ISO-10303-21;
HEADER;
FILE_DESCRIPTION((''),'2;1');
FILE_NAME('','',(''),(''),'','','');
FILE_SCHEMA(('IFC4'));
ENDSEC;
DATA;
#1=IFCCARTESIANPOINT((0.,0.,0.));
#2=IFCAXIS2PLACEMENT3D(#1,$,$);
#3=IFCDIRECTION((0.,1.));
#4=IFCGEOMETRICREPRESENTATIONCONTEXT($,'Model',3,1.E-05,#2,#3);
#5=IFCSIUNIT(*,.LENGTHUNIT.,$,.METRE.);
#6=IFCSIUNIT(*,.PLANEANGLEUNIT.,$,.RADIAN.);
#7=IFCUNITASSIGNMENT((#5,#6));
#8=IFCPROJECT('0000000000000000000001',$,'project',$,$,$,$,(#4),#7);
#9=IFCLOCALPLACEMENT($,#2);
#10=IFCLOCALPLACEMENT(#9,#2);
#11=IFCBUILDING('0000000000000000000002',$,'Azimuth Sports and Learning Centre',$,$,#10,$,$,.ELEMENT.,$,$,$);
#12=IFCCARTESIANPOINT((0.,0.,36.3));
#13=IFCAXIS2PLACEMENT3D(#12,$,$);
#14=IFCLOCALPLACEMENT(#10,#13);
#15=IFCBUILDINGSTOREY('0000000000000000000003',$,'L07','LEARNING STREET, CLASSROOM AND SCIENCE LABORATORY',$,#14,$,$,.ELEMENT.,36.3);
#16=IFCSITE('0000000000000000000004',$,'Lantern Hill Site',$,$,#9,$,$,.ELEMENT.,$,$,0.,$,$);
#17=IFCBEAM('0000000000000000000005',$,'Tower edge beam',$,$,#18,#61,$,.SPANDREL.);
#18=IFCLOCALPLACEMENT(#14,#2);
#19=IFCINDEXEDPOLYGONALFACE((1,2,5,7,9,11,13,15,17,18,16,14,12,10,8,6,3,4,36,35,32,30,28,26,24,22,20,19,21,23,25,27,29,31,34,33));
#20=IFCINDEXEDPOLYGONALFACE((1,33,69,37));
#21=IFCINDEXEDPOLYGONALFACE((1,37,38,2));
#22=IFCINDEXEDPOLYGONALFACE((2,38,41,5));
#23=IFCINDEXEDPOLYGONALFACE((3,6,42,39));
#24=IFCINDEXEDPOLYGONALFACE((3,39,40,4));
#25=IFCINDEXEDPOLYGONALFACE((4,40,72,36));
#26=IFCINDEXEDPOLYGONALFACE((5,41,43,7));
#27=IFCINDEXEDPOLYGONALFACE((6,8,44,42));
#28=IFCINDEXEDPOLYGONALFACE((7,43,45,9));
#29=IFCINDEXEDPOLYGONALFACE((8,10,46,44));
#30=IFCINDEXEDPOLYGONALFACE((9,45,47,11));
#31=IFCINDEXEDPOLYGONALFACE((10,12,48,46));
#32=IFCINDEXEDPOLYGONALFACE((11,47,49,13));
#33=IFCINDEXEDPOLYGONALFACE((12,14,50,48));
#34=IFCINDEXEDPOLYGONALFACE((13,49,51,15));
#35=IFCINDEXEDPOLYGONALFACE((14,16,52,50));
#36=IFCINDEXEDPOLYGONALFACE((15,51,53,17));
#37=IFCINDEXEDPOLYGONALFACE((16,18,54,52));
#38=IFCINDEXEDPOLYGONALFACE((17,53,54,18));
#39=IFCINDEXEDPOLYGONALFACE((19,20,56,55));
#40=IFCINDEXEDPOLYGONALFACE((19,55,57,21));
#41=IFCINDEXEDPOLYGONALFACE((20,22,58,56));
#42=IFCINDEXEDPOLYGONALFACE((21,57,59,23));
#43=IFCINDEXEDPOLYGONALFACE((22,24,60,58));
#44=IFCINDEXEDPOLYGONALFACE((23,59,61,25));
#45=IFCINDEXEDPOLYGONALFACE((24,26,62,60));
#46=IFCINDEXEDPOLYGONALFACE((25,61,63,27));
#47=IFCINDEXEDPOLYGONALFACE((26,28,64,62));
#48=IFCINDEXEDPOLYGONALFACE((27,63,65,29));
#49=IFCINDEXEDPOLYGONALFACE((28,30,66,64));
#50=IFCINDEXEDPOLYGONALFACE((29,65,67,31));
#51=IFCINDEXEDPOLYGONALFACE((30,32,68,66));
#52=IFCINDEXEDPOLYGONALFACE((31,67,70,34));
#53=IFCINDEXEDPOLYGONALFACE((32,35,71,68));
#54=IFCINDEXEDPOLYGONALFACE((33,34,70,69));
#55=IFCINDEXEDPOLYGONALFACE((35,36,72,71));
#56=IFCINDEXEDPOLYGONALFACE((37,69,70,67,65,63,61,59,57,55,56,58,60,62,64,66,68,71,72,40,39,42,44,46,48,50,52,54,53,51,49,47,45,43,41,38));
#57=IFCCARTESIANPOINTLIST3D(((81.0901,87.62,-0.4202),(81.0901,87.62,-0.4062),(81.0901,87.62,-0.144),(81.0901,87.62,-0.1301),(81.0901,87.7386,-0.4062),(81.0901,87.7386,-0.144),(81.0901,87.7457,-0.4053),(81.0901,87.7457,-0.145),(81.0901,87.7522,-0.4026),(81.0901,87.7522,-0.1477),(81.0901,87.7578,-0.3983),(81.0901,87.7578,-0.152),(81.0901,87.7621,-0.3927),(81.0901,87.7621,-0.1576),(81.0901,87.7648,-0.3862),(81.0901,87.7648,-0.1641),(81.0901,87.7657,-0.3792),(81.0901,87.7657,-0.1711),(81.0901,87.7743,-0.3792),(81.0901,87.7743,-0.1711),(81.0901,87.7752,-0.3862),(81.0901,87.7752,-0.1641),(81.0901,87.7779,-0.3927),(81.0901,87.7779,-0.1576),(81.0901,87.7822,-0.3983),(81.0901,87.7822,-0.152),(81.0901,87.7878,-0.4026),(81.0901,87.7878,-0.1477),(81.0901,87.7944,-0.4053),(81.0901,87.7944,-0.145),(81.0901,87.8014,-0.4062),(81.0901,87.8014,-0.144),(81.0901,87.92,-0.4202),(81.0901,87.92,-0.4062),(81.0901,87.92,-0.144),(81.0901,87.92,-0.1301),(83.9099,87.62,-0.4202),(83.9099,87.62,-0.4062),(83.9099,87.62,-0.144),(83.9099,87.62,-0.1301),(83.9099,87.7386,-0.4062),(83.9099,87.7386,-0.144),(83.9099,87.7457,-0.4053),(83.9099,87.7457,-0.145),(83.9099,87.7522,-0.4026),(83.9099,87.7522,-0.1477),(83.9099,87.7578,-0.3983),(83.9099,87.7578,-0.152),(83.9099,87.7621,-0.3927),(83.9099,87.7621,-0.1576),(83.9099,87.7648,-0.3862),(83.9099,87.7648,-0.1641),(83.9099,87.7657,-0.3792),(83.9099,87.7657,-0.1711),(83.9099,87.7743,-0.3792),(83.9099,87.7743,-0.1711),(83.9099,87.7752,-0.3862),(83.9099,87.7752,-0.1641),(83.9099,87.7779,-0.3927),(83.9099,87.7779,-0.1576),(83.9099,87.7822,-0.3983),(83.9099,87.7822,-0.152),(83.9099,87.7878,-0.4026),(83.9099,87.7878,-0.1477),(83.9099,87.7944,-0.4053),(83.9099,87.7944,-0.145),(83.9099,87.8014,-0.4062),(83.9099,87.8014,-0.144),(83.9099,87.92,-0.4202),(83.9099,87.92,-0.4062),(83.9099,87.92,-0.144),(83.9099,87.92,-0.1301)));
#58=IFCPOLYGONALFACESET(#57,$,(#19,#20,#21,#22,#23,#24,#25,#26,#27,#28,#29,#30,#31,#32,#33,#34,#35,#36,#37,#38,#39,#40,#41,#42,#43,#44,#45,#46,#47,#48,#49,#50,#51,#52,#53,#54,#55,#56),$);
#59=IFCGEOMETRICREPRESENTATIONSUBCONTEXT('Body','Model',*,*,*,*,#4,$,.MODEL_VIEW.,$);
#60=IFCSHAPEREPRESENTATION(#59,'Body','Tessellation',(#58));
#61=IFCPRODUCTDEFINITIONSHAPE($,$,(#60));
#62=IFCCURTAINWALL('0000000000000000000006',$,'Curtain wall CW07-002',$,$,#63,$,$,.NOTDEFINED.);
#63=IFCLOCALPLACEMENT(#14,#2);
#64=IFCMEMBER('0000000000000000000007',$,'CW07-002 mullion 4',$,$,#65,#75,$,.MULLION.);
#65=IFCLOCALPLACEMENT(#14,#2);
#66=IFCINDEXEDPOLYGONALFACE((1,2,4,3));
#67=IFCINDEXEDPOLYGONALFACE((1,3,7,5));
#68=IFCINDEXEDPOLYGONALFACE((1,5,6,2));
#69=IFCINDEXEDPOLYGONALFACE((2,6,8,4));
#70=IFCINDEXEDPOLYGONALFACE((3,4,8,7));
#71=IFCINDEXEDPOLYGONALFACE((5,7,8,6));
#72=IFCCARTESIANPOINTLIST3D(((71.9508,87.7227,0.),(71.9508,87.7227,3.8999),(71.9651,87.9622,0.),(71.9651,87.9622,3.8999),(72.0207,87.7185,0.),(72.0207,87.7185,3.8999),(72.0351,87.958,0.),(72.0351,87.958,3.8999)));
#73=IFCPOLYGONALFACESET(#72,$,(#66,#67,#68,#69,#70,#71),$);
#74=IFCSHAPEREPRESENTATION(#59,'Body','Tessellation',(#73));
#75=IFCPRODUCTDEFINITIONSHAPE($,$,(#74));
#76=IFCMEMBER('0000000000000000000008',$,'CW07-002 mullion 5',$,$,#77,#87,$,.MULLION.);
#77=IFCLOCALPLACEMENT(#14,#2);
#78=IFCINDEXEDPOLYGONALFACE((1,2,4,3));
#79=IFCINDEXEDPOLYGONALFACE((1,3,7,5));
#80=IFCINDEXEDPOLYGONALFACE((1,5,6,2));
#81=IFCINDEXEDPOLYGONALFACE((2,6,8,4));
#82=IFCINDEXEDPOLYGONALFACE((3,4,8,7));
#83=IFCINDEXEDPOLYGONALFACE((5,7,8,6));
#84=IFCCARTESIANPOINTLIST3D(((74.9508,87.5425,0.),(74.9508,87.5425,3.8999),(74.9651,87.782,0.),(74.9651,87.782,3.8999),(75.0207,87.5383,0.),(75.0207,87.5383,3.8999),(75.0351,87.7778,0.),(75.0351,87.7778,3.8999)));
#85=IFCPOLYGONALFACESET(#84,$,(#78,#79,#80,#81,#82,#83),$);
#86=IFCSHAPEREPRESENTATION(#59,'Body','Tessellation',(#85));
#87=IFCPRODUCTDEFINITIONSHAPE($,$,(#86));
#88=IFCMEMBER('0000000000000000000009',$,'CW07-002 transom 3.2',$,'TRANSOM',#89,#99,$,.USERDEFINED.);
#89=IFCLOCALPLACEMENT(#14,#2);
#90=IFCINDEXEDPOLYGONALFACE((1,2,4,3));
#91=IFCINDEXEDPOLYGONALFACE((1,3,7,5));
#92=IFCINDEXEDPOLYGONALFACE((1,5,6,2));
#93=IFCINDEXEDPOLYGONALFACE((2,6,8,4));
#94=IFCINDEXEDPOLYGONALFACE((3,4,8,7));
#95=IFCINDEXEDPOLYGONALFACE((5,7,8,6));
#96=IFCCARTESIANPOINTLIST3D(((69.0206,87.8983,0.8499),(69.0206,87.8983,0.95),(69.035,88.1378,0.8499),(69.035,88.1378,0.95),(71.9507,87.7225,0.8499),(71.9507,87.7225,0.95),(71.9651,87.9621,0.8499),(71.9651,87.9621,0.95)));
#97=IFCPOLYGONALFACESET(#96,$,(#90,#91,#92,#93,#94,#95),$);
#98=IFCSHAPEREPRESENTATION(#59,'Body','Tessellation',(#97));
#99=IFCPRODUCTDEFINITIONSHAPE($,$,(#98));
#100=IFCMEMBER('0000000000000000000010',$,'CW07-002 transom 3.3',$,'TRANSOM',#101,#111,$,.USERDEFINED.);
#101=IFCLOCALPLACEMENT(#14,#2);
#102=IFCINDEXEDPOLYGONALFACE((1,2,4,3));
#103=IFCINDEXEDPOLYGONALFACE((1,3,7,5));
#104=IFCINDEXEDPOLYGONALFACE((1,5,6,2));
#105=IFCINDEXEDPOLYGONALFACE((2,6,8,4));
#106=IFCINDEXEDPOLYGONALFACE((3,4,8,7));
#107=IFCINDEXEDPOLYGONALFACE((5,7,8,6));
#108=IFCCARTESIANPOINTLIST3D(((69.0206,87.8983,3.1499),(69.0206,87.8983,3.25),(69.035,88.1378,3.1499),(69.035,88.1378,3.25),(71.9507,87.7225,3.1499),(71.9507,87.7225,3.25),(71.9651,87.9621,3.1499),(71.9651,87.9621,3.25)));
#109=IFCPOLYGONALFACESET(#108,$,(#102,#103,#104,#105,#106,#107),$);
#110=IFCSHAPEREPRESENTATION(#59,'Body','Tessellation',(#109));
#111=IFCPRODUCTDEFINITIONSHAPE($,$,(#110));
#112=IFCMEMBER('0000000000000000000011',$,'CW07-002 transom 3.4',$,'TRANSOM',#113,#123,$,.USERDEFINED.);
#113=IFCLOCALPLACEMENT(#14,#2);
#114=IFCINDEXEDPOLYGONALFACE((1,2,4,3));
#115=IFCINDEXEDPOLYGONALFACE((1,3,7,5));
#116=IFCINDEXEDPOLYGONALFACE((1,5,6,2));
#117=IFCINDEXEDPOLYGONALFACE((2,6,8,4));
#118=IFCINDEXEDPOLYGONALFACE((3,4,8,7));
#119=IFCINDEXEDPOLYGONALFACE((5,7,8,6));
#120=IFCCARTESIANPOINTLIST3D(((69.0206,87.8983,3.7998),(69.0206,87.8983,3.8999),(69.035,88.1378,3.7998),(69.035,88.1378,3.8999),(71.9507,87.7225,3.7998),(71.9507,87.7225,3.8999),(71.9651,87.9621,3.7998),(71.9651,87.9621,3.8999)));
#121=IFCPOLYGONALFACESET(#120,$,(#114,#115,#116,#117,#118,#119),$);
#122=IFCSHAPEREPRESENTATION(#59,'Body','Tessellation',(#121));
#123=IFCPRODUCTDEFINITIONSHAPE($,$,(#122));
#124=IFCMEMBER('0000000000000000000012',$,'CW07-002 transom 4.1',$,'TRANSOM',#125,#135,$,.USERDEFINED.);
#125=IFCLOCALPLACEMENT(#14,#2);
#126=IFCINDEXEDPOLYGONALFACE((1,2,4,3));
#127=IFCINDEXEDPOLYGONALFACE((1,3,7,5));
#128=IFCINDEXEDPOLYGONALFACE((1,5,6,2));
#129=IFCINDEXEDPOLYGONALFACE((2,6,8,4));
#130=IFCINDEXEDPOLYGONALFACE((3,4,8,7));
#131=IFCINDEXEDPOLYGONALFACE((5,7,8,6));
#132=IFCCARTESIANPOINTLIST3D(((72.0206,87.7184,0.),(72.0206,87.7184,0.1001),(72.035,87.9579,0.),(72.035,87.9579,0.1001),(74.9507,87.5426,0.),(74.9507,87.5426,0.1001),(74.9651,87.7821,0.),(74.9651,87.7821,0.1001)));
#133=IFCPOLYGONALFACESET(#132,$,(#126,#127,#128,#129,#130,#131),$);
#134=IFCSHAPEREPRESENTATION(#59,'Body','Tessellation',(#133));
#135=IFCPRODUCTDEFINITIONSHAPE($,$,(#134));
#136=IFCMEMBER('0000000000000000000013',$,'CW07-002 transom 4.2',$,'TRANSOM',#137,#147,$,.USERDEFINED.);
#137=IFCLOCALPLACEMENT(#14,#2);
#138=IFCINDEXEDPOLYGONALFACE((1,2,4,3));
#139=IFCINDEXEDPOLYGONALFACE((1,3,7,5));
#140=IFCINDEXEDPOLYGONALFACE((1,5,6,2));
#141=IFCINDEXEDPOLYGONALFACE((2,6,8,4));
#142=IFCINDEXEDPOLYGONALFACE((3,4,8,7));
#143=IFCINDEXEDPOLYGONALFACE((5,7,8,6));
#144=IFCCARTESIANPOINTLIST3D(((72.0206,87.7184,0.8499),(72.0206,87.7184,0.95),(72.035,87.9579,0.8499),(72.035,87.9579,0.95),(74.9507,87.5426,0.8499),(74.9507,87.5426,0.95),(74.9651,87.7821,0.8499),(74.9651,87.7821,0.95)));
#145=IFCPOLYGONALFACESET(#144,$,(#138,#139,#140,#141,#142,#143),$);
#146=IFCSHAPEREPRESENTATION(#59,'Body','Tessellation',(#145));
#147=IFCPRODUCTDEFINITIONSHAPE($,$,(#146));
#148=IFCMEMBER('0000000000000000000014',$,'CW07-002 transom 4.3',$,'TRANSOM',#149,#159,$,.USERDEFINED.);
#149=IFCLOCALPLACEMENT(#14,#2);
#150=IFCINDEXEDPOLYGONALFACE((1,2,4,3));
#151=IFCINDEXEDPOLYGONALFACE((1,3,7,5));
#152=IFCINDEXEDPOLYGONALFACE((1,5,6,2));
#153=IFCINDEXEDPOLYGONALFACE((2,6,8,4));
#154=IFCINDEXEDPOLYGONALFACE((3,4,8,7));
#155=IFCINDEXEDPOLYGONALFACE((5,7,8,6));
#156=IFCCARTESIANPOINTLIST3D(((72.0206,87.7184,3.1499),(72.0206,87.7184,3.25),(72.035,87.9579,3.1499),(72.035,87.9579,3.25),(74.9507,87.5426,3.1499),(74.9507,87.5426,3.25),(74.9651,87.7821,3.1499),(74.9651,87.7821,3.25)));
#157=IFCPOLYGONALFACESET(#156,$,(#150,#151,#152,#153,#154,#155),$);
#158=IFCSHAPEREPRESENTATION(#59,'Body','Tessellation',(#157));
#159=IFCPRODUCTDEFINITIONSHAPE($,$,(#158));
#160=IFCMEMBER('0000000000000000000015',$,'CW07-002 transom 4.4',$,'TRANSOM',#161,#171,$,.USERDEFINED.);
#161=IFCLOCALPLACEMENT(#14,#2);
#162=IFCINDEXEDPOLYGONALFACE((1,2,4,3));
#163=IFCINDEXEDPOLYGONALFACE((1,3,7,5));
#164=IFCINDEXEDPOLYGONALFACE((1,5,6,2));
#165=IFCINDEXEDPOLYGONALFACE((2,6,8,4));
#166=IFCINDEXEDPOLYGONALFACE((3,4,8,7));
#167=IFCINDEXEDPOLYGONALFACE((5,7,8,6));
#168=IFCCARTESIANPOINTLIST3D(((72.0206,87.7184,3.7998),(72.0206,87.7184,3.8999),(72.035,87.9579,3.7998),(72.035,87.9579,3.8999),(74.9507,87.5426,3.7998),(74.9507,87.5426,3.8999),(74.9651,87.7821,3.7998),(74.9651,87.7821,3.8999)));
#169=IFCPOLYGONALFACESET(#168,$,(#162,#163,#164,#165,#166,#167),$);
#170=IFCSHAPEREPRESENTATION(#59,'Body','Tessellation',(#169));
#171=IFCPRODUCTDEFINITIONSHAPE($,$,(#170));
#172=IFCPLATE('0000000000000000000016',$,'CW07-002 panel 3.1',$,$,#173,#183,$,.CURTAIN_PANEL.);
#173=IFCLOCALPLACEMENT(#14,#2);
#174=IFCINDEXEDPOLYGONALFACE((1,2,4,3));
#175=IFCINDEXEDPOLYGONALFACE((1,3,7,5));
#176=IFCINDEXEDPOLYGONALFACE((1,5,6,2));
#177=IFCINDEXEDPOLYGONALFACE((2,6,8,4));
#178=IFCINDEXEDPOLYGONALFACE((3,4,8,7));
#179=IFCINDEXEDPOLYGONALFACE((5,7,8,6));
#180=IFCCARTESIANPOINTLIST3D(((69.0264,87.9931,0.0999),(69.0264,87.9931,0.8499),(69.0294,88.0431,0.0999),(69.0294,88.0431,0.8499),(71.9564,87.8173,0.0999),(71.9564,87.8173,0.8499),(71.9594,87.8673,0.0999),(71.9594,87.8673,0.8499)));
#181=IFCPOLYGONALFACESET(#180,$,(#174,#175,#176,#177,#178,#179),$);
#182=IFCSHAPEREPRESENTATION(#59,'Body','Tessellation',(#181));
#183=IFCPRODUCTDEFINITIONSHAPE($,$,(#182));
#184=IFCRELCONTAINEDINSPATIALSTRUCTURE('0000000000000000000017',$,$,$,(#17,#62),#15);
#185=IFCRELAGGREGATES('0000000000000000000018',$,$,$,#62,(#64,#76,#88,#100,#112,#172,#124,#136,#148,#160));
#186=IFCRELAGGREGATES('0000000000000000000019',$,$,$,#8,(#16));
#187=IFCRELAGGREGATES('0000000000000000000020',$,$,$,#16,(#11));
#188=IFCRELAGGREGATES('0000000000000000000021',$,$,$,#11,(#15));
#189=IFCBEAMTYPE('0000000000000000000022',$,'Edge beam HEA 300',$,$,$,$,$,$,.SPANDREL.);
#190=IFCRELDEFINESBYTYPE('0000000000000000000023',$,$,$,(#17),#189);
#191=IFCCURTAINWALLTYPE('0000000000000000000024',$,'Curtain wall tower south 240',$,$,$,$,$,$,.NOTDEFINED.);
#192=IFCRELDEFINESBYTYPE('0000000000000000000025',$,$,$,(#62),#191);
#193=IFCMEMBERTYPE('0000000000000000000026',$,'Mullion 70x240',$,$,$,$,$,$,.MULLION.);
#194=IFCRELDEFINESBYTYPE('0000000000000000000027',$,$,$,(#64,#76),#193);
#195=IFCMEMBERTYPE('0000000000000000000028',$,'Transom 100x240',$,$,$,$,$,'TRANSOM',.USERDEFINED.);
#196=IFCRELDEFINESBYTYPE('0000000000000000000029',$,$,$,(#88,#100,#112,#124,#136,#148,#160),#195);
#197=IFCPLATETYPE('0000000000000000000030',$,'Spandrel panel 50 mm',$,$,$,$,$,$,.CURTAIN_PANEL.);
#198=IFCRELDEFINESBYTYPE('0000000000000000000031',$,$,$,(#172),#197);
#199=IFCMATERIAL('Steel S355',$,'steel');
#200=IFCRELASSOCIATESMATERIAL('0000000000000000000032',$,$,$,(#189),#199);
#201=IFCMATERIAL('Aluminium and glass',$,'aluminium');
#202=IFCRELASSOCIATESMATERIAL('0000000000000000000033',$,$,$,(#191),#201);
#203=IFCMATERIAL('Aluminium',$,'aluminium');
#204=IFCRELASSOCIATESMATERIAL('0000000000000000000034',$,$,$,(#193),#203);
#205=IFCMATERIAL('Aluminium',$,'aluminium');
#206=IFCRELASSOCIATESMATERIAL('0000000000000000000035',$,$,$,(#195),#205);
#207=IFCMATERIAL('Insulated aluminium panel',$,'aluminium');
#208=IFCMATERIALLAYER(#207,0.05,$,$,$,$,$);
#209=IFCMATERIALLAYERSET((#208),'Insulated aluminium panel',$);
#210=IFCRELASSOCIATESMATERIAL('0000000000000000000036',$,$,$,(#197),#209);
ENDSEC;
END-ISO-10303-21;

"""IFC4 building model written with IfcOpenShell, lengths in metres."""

from ifc_helpers import new_model, si_unit, direction, frame, origin, origin_2d, place, context, subcontext, project, spatial, rectangle, i_section, extrude, material, layer, layer_set, material_profile, profile_set, type_object, element, aggregate, save


model = new_model("IFC4")

# Units and contexts
model_context = context("Model", 3, precision=1e-05, world=origin(), true_north=direction((0.0, 1.0)))
body_context = subcontext(model_context, "Body", "Model", "MODEL_VIEW")
ifc_project = project(units=[si_unit("LENGTHUNIT", "METRE"), si_unit("PLANEANGLEUNIT", "RADIAN")], contexts=[model_context])

# Site, building, storey
site_placement = place(None, origin())
site = spatial("IfcSite", under=ifc_project, at=site_placement, Name="Lantern Hill Site", CompositionType="ELEMENT", RefElevation=0.0)
building_placement = place(site_placement, origin())
building = spatial("IfcBuilding", under=site, at=building_placement, Name="Azimuth Sports and Learning Centre", CompositionType="ELEMENT")
storey_placement = place(building_placement, frame((0.0, 0.0, 36.3)))
storey = spatial("IfcBuildingStorey", under=building, at=storey_placement, Name="L07", Description="LEARNING STREET, CLASSROOM AND SCIENCE LABORATORY", CompositionType="ELEMENT", Elevation=36.3)

# Beam
ifc_material_1 = material(Name="Steel S355", Category="steel")
ifc_material_profile_1 = material_profile(ifc_material_1, i_section(OverallWidth=0.3, OverallDepth=0.29, WebThickness=0.0085, FlangeThickness=0.0139, FilletRadius=0.0271, at=origin_2d()), Name="HEA 300")
ifc_profile_set_1 = profile_set([ifc_material_profile_1], Name="Steel S355")
beam_type = type_object("IfcBeamType", Name="Edge beam HEA 300", PredefinedType="SPANDREL", material=ifc_profile_set_1)
for number, where, z_axis, x_axis, name in (
    (1, (81.0901, 87.77, -0.2751), (1.0, 0.0, 0.0), (0.0, 1.0, 0.0), "Tower edge beam"),
):
    element("IfcBeam", number, at=place(storey_placement, frame(where, z_axis=z_axis, x_axis=x_axis)), inside=storey, type_object=beam_type, Name=name, PredefinedType="SPANDREL", context=body_context, shape_type="SweptSolid", body=[
        extrude(i_section(OverallWidth=0.3, OverallDepth=0.29, WebThickness=0.0085, FlangeThickness=0.0139, FilletRadius=0.0271, at=origin_2d()), origin(), (0.0, 0.0, 1.0), 2.8198),
    ])

# Curtain wall, members, plate
ifc_material_2 = material(Name="Aluminium and glass", Category="aluminium")
curtain_wall_type = type_object("IfcCurtainWallType", Name="Curtain wall tower south 240", PredefinedType="NOTDEFINED", material=ifc_material_2)
curtain_wall_placement = place(storey_placement, origin())
curtain_wall = element("IfcCurtainWall", 2, at=curtain_wall_placement, inside=storey, type_object=curtain_wall_type, Name="Curtain wall CW07-002", PredefinedType="NOTDEFINED")
ifc_material_3 = material(Name="Aluminium", Category="aluminium")
ifc_material_profile_2 = material_profile(ifc_material_3, rectangle(XDim=0.24, YDim=0.0701, at=origin_2d()), Name="Mullion 70x240")
ifc_profile_set_2 = profile_set([ifc_material_profile_2], Name="Aluminium")
member_type_1 = type_object("IfcMemberType", Name="Mullion 70x240", PredefinedType="MULLION", material=ifc_profile_set_2)
member_1_placement = place(storey_placement, frame((71.9929, 87.8403, 0.0), z_axis=(0.0, 0.0, 1.0), x_axis=(0.059892, 0.998205, 0.0)))
member_1 = element("IfcMember", 3, at=member_1_placement, type_object=member_type_1, Name="CW07-002 mullion 4", PredefinedType="MULLION", context=body_context, shape_type="SweptSolid", body=[
    extrude(rectangle(XDim=0.24, YDim=0.0701, at=origin_2d()), origin(), (0.0, 0.0, 1.0), 3.8999),
])
member_2_placement = place(storey_placement, frame((74.9929, 87.6602, 0.0), z_axis=(0.0, 0.0, 1.0), x_axis=(0.059892, 0.998205, 0.0)))
member_2 = element("IfcMember", 4, at=member_2_placement, type_object=member_type_1, Name="CW07-002 mullion 5", PredefinedType="MULLION", context=body_context, shape_type="SweptSolid", body=[
    extrude(rectangle(XDim=0.24, YDim=0.0701, at=origin_2d()), origin(), (0.0, 0.0, 1.0), 3.8999),
])
ifc_material_4 = material(Name="Aluminium", Category="aluminium")
ifc_material_profile_3 = material_profile(ifc_material_4, rectangle(XDim=0.24, YDim=0.1001, at=origin_2d()), Name="Transom 100x240")
ifc_profile_set_3 = profile_set([ifc_material_profile_3], Name="Aluminium")
member_type_2 = type_object("IfcMemberType", Name="Transom 100x240", ElementType="TRANSOM", PredefinedType="USERDEFINED", material=ifc_profile_set_3)
member_3_placement = place(storey_placement, frame((69.0278, 88.0181, 0.8999), z_axis=(0.998205, -0.059887, 0.0), x_axis=(0.059887, 0.998205, 0.0)))
member_3 = element("IfcMember", 5, at=member_3_placement, type_object=member_type_2, Name="CW07-002 transom 3.2", ObjectType="TRANSOM", PredefinedType="USERDEFINED", context=body_context, shape_type="SweptSolid", body=[
    extrude(rectangle(XDim=0.24, YDim=0.1001, at=origin_2d()), origin(), (0.0, 0.0, 1.0), 2.9353),
])
member_4_placement = place(storey_placement, frame((69.0278, 88.0181, 3.2), z_axis=(0.998205, -0.059887, 0.0), x_axis=(0.059887, 0.998205, 0.0)))
member_4 = element("IfcMember", 6, at=member_4_placement, type_object=member_type_2, Name="CW07-002 transom 3.3", ObjectType="TRANSOM", PredefinedType="USERDEFINED", context=body_context, shape_type="SweptSolid", body=[
    extrude(rectangle(XDim=0.24, YDim=0.1001, at=origin_2d()), origin(), (0.0, 0.0, 1.0), 2.9353),
])
member_5_placement = place(storey_placement, frame((69.0278, 88.0181, 3.8499), z_axis=(0.998205, -0.059887, 0.0), x_axis=(0.059887, 0.998205, 0.0)))
member_5 = element("IfcMember", 7, at=member_5_placement, type_object=member_type_2, Name="CW07-002 transom 3.4", ObjectType="TRANSOM", PredefinedType="USERDEFINED", context=body_context, shape_type="SweptSolid", body=[
    extrude(rectangle(XDim=0.24, YDim=0.1001, at=origin_2d()), origin(), (0.0, 0.0, 1.0), 2.9353),
])
member_6_placement = place(storey_placement, frame((72.0278, 87.8381, 0.05), z_axis=(0.998205, -0.059887, 0.0), x_axis=(0.059887, 0.998205, 0.0)))
member_6 = element("IfcMember", 8, at=member_6_placement, type_object=member_type_2, Name="CW07-002 transom 4.1", ObjectType="TRANSOM", PredefinedType="USERDEFINED", context=body_context, shape_type="SweptSolid", body=[
    extrude(rectangle(XDim=0.24, YDim=0.1001, at=origin_2d()), origin(), (0.0, 0.0, 1.0), 2.9353),
])
member_7_placement = place(storey_placement, frame((72.0278, 87.8381, 0.8999), z_axis=(0.998205, -0.059887, 0.0), x_axis=(0.059887, 0.998205, 0.0)))
member_7 = element("IfcMember", 9, at=member_7_placement, type_object=member_type_2, Name="CW07-002 transom 4.2", ObjectType="TRANSOM", PredefinedType="USERDEFINED", context=body_context, shape_type="SweptSolid", body=[
    extrude(rectangle(XDim=0.24, YDim=0.1001, at=origin_2d()), origin(), (0.0, 0.0, 1.0), 2.9353),
])
member_8_placement = place(storey_placement, frame((72.0278, 87.8381, 3.2), z_axis=(0.998205, -0.059887, 0.0), x_axis=(0.059887, 0.998205, 0.0)))
member_8 = element("IfcMember", 10, at=member_8_placement, type_object=member_type_2, Name="CW07-002 transom 4.3", ObjectType="TRANSOM", PredefinedType="USERDEFINED", context=body_context, shape_type="SweptSolid", body=[
    extrude(rectangle(XDim=0.24, YDim=0.1001, at=origin_2d()), origin(), (0.0, 0.0, 1.0), 2.9353),
])
member_9_placement = place(storey_placement, frame((72.0278, 87.8381, 3.8499), z_axis=(0.998205, -0.059887, 0.0), x_axis=(0.059887, 0.998205, 0.0)))
member_9 = element("IfcMember", 11, at=member_9_placement, type_object=member_type_2, Name="CW07-002 transom 4.4", ObjectType="TRANSOM", PredefinedType="USERDEFINED", context=body_context, shape_type="SweptSolid", body=[
    extrude(rectangle(XDim=0.24, YDim=0.1001, at=origin_2d()), origin(), (0.0, 0.0, 1.0), 2.9353),
])
ifc_material_5 = material(Name="Insulated aluminium panel", Category="aluminium")
ifc_layer_1 = layer(ifc_material_5, 0.05)
ifc_layer_set_1 = layer_set([ifc_layer_1], Name="Insulated aluminium panel")
plate_type_1 = type_object("IfcPlateType", Name="Spandrel panel 50 mm", PredefinedType="CURTAIN_PANEL", material=ifc_layer_set_1)
plate_1_placement = place(storey_placement, frame((70.4929, 87.9302, 0.0999), z_axis=(0.0, 0.0, 1.0), x_axis=(0.998205, -0.059892, 0.0)))
plate_1 = element("IfcPlate", 12, at=plate_1_placement, type_object=plate_type_1, Name="CW07-002 panel 3.1", PredefinedType="CURTAIN_PANEL", context=body_context, shape_type="SweptSolid", body=[
    extrude(rectangle(XDim=2.9353, YDim=0.05, at=origin_2d()), origin(), (0.0, 0.0, 1.0), 0.75),
])
aggregate(curtain_wall, [member_1, member_2, member_3, member_4, member_5, plate_1, member_6, member_7, member_8, member_9])

save(model, "model.ifc")
